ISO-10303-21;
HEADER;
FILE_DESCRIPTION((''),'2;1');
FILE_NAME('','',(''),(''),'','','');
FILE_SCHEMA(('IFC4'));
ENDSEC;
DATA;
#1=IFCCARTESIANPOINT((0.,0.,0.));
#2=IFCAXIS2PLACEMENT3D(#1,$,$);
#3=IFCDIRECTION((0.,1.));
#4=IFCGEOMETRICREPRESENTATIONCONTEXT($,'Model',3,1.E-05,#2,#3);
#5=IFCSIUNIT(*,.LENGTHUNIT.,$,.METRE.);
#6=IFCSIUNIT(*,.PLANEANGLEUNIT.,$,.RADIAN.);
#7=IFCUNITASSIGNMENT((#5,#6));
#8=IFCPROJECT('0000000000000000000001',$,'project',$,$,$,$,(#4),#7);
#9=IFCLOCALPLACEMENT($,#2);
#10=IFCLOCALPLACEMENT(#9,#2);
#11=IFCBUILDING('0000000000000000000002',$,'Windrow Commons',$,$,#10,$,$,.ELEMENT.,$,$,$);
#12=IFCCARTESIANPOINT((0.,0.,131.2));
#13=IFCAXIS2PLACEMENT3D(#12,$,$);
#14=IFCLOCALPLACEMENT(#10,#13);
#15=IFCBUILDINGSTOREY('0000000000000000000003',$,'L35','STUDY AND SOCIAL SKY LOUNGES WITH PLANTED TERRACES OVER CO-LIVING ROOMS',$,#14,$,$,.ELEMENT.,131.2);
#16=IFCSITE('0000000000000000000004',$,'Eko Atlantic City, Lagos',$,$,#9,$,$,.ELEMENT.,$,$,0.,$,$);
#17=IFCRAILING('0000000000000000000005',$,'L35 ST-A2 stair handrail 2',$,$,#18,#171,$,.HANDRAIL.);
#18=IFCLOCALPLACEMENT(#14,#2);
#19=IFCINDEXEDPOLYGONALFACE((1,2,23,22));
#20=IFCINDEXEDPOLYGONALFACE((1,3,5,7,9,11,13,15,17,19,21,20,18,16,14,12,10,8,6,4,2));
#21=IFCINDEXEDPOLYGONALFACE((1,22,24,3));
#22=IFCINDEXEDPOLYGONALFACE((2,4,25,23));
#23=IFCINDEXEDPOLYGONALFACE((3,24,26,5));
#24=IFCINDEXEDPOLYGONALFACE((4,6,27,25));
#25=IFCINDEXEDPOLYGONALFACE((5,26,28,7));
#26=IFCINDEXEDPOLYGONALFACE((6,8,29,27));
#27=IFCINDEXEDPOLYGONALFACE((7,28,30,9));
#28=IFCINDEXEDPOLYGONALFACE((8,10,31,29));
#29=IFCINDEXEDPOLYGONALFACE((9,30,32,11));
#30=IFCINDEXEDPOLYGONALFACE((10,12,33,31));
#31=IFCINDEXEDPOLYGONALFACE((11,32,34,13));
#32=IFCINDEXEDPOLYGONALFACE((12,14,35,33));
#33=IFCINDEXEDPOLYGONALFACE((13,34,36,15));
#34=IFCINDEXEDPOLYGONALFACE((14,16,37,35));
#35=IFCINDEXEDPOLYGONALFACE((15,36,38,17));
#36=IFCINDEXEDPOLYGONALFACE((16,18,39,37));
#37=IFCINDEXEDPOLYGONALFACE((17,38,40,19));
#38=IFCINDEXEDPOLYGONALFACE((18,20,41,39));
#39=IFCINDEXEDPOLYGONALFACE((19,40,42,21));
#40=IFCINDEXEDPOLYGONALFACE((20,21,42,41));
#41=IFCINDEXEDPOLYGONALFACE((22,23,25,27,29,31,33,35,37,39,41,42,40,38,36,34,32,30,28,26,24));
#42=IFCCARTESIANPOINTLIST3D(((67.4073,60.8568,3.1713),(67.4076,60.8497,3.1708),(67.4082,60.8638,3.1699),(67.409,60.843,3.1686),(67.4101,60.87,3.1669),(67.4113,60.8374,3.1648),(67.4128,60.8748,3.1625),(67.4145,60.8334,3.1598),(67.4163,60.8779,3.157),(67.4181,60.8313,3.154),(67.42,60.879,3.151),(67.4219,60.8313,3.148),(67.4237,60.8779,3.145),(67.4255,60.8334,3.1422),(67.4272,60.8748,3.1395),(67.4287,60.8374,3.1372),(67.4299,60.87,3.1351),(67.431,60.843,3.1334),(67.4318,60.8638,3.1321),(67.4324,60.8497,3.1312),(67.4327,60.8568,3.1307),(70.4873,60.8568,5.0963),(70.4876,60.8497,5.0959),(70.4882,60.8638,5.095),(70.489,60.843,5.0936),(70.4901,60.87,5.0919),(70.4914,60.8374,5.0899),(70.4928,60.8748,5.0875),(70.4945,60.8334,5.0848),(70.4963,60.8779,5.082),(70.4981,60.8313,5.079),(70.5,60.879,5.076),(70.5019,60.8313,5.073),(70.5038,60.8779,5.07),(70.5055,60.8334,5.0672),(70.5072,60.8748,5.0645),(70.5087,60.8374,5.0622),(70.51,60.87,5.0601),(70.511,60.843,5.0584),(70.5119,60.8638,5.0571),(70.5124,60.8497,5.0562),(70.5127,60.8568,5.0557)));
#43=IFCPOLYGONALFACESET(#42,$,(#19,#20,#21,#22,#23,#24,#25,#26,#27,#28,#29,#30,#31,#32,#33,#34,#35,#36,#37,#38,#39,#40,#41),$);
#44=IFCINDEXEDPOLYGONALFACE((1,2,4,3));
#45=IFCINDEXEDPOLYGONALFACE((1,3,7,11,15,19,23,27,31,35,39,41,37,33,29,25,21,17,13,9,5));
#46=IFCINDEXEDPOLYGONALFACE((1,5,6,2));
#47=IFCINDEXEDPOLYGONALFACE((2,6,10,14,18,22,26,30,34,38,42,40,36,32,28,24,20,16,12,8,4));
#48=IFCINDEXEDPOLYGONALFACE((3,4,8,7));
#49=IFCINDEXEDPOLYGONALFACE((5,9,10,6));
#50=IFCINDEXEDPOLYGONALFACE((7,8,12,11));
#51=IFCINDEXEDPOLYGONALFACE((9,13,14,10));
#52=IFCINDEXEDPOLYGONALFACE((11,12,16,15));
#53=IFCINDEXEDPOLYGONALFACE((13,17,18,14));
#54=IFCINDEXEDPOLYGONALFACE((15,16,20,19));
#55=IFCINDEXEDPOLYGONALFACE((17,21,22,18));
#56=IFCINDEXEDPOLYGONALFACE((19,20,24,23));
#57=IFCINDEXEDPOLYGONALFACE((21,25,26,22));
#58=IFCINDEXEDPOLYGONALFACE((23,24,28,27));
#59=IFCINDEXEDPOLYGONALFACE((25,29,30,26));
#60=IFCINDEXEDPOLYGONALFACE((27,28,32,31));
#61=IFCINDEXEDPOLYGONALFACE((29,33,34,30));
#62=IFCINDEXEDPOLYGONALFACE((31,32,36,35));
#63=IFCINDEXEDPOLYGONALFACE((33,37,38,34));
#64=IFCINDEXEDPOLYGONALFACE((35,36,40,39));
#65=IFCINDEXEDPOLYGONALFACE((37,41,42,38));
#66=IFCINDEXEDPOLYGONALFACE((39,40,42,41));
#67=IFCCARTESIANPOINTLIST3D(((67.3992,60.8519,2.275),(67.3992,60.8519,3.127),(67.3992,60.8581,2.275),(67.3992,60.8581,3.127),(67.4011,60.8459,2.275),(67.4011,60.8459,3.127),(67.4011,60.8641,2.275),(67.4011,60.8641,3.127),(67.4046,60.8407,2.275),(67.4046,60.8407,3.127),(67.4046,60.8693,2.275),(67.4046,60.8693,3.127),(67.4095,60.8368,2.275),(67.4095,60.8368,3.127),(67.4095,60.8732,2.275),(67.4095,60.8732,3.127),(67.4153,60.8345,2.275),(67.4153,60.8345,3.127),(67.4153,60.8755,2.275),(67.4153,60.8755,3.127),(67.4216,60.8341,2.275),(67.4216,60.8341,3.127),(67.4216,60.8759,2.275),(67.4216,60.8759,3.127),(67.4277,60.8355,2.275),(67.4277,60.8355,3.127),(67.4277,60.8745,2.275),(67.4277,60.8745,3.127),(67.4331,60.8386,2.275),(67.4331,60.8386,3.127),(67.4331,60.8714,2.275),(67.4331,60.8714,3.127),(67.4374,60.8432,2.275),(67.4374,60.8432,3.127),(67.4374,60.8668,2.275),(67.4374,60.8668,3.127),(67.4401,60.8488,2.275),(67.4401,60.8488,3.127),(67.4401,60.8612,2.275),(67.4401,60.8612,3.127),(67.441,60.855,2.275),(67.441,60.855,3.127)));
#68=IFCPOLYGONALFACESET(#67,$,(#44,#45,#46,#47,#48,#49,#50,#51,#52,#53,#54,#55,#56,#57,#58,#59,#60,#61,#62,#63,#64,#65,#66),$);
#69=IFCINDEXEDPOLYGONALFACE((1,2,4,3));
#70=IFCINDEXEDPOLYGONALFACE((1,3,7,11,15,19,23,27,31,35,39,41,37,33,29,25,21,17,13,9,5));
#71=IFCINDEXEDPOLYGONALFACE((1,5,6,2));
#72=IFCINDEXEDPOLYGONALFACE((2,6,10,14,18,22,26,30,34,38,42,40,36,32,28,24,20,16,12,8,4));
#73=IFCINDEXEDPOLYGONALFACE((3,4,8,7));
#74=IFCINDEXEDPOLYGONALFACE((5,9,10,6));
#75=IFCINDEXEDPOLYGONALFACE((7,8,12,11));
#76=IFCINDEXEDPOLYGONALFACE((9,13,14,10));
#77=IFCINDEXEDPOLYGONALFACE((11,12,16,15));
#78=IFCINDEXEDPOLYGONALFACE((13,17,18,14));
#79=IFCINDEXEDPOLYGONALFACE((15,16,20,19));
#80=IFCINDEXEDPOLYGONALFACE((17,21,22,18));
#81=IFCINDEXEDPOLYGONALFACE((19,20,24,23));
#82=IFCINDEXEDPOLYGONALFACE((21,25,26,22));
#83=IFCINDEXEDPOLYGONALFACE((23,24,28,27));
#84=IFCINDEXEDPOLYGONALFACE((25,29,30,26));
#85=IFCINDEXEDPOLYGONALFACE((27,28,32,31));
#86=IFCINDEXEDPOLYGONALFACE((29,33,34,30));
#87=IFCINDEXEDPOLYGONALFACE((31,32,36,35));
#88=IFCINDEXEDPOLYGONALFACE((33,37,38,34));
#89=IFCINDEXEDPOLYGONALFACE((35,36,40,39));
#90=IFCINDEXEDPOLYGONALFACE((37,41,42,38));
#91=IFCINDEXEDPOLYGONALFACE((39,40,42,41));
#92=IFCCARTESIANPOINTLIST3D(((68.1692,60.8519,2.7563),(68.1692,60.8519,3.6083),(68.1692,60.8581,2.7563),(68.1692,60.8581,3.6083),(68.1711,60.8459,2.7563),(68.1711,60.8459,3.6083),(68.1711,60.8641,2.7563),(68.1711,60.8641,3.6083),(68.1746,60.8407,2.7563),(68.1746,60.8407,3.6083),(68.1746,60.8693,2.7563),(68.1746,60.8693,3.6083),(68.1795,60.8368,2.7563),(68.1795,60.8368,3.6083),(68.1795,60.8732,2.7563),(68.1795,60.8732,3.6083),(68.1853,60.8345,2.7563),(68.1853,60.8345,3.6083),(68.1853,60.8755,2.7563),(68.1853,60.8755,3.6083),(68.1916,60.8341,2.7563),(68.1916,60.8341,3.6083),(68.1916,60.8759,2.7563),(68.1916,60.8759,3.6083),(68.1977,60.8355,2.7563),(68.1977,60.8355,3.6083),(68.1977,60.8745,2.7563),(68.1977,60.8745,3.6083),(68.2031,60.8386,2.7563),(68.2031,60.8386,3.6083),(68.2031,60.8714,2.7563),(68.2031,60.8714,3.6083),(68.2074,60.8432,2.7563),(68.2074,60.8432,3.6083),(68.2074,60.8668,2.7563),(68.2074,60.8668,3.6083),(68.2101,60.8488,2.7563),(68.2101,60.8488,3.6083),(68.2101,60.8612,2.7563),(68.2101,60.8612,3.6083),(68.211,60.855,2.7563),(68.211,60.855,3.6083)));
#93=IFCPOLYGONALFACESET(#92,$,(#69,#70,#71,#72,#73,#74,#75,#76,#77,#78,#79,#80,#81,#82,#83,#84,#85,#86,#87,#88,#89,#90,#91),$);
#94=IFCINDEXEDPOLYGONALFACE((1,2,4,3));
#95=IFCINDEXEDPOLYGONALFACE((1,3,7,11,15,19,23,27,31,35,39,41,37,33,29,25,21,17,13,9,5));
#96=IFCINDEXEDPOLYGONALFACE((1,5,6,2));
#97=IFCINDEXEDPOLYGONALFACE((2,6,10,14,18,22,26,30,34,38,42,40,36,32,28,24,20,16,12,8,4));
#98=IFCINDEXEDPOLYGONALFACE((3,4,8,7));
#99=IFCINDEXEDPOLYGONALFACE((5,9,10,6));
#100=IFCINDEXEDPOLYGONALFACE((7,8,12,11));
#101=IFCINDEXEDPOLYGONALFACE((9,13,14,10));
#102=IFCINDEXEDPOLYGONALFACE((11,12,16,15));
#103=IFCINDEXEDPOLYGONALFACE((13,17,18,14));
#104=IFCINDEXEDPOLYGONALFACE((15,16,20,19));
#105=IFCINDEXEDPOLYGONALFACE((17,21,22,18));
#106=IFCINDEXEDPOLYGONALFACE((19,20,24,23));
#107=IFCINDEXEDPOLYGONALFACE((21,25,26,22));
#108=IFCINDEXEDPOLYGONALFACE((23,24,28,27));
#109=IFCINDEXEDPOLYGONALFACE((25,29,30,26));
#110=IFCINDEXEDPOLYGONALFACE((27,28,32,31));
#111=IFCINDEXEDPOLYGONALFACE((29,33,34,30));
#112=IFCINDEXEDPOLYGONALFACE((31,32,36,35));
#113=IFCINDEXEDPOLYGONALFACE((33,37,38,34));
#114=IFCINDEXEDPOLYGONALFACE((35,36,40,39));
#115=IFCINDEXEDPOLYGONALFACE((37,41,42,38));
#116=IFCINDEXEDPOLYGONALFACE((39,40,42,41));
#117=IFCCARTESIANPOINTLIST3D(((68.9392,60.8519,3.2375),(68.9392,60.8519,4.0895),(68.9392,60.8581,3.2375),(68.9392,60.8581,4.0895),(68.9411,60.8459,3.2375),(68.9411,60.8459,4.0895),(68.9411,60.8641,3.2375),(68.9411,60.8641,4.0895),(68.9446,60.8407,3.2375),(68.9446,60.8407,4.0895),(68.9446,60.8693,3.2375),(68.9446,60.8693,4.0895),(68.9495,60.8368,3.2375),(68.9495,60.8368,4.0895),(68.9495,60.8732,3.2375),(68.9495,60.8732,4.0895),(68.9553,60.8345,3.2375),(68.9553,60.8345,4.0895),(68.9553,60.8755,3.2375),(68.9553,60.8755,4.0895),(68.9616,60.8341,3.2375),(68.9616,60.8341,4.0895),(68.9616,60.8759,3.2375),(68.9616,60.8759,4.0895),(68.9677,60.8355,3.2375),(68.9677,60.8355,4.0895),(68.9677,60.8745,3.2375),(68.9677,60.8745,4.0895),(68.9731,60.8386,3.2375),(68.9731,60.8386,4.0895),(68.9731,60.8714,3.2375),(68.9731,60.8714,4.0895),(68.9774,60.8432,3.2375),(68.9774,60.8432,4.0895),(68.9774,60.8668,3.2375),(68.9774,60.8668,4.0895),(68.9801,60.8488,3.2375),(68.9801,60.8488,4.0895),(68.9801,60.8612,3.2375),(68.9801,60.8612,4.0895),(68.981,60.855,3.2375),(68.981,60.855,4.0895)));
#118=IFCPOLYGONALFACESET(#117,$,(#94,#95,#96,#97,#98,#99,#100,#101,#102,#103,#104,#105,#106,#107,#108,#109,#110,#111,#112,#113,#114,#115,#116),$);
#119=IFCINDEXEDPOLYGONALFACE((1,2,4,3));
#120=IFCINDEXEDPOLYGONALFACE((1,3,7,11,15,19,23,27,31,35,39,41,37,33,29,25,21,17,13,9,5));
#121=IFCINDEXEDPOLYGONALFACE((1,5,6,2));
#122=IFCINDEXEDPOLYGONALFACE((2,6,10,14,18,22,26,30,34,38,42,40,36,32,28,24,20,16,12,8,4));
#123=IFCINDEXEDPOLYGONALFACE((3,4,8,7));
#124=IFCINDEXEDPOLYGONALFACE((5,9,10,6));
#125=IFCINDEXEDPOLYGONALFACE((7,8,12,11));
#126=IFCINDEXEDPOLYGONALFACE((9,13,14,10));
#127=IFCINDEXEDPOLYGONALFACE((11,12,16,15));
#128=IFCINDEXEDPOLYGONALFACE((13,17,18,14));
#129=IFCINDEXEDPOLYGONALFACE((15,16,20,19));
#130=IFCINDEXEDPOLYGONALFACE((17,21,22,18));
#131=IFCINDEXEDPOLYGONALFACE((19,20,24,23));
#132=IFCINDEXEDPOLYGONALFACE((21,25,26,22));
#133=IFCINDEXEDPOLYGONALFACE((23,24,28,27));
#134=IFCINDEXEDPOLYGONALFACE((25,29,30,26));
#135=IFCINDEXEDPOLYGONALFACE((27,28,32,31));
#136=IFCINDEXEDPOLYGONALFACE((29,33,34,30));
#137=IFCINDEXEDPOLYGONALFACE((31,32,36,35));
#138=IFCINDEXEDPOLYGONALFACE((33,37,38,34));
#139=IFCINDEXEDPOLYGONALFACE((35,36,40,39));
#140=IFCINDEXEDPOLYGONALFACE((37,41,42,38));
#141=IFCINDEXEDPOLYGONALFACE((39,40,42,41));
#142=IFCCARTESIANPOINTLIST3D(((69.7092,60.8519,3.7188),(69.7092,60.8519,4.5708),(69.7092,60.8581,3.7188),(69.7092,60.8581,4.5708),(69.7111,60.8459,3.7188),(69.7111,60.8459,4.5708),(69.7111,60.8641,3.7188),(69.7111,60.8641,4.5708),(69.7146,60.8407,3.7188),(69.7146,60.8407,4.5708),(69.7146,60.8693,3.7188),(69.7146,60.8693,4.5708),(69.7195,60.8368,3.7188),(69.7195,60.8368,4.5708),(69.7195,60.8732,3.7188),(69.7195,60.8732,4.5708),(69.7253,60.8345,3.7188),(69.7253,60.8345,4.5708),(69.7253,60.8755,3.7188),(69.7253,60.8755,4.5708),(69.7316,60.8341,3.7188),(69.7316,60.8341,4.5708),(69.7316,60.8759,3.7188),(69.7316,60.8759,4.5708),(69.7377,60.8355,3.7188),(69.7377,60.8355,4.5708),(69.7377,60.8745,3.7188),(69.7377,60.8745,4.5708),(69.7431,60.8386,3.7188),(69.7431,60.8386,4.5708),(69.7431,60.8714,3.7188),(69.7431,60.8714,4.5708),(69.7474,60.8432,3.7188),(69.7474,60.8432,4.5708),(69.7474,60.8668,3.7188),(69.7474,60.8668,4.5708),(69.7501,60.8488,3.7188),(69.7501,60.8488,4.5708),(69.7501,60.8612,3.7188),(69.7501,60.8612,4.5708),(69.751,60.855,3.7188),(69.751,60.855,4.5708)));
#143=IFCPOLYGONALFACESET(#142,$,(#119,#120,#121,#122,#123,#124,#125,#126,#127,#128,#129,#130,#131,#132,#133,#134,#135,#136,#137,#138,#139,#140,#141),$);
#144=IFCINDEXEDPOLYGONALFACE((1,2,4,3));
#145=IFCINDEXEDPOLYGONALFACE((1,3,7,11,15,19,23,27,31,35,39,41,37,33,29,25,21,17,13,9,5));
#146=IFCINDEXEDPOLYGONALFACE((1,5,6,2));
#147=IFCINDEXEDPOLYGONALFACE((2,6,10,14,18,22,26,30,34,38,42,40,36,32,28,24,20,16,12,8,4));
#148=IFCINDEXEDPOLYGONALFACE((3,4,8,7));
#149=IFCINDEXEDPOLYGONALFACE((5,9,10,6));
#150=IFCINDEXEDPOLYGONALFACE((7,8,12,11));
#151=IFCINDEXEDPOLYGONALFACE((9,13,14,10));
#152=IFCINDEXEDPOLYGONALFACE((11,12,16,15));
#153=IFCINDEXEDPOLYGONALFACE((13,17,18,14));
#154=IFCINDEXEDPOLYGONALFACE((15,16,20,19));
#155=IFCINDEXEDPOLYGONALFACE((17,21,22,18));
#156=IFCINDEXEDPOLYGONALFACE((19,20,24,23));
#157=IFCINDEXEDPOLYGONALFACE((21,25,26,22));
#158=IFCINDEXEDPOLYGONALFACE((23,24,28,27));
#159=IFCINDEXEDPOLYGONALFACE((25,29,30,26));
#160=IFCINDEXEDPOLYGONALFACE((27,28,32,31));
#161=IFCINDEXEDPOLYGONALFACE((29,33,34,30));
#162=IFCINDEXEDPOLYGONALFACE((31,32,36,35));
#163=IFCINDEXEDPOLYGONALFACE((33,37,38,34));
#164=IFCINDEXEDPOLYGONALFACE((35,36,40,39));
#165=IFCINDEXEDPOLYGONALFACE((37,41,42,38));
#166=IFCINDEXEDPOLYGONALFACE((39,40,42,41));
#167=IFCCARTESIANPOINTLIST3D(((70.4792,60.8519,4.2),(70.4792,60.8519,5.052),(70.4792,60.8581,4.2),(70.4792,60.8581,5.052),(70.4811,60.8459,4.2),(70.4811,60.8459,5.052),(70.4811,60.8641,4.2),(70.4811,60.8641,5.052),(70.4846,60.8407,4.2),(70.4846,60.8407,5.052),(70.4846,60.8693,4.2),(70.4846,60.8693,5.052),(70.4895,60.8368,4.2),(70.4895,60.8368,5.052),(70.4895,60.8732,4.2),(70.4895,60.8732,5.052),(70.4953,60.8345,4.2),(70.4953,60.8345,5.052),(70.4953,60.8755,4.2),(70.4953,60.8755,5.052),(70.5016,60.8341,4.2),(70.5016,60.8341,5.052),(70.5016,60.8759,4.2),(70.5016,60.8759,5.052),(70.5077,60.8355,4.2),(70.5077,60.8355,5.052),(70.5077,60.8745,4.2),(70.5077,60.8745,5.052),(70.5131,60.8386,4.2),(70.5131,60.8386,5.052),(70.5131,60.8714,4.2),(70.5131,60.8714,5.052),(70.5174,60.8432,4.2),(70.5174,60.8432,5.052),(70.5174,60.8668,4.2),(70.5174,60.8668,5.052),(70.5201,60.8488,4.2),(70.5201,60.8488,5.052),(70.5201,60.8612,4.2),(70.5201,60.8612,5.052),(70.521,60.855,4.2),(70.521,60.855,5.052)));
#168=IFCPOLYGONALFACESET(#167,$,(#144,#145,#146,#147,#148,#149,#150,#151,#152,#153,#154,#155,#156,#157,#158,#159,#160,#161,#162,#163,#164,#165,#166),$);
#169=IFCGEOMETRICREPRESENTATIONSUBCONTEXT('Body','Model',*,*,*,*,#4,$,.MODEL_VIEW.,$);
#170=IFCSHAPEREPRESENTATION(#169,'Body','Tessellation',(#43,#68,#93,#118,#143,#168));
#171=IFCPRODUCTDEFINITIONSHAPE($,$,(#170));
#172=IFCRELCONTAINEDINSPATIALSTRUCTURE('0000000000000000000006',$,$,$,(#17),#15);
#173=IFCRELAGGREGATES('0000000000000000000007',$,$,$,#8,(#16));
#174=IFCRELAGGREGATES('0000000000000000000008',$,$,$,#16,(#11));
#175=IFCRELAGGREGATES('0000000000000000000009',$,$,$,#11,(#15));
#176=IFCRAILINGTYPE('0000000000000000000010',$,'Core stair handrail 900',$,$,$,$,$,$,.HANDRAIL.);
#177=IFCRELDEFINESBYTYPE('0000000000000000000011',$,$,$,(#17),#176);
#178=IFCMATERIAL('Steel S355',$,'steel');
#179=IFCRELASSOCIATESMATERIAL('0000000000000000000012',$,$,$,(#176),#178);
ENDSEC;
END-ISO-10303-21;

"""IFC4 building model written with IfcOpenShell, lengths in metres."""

from ifc_helpers import new_model, si_unit, direction, frame, origin, origin_2d, place, context, subcontext, project, spatial, circle, extrude, material, type_object, element, save


model = new_model("IFC4")

# Units and contexts
model_context = context("Model", 3, precision=1e-05, world=origin(), true_north=direction((0.0, 1.0)))
body_context = subcontext(model_context, "Body", "Model", "MODEL_VIEW")
ifc_project = project(units=[si_unit("LENGTHUNIT", "METRE"), si_unit("PLANEANGLEUNIT", "RADIAN")], contexts=[model_context])

# Site, building, storey
site_placement = place(None, origin())
site = spatial("IfcSite", under=ifc_project, at=site_placement, Name="Eko Atlantic City, Lagos", CompositionType="ELEMENT", RefElevation=0.0)
building_placement = place(site_placement, origin())
building = spatial("IfcBuilding", under=site, at=building_placement, Name="Windrow Commons", CompositionType="ELEMENT")
storey_placement = place(building_placement, frame((0.0, 0.0, 131.2)))
storey = spatial("IfcBuildingStorey", under=building, at=storey_placement, Name="L35", Description="STUDY AND SOCIAL SKY LOUNGES WITH PLANTED TERRACES OVER CO-LIVING ROOMS", CompositionType="ELEMENT", Elevation=131.2)

# Railing
ifc_material_1 = material(Name="Steel S355", Category="steel")
railing_type_1 = type_object("IfcRailingType", Name="Core stair handrail 900", PredefinedType="HANDRAIL", material=ifc_material_1)
railing_1_placement = place(storey_placement, frame((67.42, 60.855, 2.275)))
element("IfcRailing", 1, at=railing_1_placement, inside=storey, type_object=railing_type_1, Name="L35 ST-A2 stair handrail 2", PredefinedType="HANDRAIL", context=body_context, shape_type="SweptSolid", body=[
    extrude(circle(Radius=0.024, at=origin_2d()), frame((0.0, 0.0, 0.876), z_axis=(0.847998, 0.0, 0.529999), x_axis=(0.0, 1.0, 0.0)), (0.0, 0.0, 1.0), 3.6321),
    extrude(circle(Radius=0.021, at=origin_2d()), origin(), (0.0, 0.0, 1.0), 0.852),
    extrude(circle(Radius=0.021, at=origin_2d()), frame((0.77, 0.0, 0.4813)), (0.0, 0.0, 1.0), 0.852),
    extrude(circle(Radius=0.021, at=origin_2d()), frame((1.54, 0.0, 0.9625)), (0.0, 0.0, 1.0), 0.852),
    extrude(circle(Radius=0.021, at=origin_2d()), frame((2.31, 0.0, 1.4438)), (0.0, 0.0, 1.0), 0.852),
    extrude(circle(Radius=0.021, at=origin_2d()), frame((3.08, 0.0, 1.925)), (0.0, 0.0, 1.0), 0.852),
])

save(model, "model.ifc")
